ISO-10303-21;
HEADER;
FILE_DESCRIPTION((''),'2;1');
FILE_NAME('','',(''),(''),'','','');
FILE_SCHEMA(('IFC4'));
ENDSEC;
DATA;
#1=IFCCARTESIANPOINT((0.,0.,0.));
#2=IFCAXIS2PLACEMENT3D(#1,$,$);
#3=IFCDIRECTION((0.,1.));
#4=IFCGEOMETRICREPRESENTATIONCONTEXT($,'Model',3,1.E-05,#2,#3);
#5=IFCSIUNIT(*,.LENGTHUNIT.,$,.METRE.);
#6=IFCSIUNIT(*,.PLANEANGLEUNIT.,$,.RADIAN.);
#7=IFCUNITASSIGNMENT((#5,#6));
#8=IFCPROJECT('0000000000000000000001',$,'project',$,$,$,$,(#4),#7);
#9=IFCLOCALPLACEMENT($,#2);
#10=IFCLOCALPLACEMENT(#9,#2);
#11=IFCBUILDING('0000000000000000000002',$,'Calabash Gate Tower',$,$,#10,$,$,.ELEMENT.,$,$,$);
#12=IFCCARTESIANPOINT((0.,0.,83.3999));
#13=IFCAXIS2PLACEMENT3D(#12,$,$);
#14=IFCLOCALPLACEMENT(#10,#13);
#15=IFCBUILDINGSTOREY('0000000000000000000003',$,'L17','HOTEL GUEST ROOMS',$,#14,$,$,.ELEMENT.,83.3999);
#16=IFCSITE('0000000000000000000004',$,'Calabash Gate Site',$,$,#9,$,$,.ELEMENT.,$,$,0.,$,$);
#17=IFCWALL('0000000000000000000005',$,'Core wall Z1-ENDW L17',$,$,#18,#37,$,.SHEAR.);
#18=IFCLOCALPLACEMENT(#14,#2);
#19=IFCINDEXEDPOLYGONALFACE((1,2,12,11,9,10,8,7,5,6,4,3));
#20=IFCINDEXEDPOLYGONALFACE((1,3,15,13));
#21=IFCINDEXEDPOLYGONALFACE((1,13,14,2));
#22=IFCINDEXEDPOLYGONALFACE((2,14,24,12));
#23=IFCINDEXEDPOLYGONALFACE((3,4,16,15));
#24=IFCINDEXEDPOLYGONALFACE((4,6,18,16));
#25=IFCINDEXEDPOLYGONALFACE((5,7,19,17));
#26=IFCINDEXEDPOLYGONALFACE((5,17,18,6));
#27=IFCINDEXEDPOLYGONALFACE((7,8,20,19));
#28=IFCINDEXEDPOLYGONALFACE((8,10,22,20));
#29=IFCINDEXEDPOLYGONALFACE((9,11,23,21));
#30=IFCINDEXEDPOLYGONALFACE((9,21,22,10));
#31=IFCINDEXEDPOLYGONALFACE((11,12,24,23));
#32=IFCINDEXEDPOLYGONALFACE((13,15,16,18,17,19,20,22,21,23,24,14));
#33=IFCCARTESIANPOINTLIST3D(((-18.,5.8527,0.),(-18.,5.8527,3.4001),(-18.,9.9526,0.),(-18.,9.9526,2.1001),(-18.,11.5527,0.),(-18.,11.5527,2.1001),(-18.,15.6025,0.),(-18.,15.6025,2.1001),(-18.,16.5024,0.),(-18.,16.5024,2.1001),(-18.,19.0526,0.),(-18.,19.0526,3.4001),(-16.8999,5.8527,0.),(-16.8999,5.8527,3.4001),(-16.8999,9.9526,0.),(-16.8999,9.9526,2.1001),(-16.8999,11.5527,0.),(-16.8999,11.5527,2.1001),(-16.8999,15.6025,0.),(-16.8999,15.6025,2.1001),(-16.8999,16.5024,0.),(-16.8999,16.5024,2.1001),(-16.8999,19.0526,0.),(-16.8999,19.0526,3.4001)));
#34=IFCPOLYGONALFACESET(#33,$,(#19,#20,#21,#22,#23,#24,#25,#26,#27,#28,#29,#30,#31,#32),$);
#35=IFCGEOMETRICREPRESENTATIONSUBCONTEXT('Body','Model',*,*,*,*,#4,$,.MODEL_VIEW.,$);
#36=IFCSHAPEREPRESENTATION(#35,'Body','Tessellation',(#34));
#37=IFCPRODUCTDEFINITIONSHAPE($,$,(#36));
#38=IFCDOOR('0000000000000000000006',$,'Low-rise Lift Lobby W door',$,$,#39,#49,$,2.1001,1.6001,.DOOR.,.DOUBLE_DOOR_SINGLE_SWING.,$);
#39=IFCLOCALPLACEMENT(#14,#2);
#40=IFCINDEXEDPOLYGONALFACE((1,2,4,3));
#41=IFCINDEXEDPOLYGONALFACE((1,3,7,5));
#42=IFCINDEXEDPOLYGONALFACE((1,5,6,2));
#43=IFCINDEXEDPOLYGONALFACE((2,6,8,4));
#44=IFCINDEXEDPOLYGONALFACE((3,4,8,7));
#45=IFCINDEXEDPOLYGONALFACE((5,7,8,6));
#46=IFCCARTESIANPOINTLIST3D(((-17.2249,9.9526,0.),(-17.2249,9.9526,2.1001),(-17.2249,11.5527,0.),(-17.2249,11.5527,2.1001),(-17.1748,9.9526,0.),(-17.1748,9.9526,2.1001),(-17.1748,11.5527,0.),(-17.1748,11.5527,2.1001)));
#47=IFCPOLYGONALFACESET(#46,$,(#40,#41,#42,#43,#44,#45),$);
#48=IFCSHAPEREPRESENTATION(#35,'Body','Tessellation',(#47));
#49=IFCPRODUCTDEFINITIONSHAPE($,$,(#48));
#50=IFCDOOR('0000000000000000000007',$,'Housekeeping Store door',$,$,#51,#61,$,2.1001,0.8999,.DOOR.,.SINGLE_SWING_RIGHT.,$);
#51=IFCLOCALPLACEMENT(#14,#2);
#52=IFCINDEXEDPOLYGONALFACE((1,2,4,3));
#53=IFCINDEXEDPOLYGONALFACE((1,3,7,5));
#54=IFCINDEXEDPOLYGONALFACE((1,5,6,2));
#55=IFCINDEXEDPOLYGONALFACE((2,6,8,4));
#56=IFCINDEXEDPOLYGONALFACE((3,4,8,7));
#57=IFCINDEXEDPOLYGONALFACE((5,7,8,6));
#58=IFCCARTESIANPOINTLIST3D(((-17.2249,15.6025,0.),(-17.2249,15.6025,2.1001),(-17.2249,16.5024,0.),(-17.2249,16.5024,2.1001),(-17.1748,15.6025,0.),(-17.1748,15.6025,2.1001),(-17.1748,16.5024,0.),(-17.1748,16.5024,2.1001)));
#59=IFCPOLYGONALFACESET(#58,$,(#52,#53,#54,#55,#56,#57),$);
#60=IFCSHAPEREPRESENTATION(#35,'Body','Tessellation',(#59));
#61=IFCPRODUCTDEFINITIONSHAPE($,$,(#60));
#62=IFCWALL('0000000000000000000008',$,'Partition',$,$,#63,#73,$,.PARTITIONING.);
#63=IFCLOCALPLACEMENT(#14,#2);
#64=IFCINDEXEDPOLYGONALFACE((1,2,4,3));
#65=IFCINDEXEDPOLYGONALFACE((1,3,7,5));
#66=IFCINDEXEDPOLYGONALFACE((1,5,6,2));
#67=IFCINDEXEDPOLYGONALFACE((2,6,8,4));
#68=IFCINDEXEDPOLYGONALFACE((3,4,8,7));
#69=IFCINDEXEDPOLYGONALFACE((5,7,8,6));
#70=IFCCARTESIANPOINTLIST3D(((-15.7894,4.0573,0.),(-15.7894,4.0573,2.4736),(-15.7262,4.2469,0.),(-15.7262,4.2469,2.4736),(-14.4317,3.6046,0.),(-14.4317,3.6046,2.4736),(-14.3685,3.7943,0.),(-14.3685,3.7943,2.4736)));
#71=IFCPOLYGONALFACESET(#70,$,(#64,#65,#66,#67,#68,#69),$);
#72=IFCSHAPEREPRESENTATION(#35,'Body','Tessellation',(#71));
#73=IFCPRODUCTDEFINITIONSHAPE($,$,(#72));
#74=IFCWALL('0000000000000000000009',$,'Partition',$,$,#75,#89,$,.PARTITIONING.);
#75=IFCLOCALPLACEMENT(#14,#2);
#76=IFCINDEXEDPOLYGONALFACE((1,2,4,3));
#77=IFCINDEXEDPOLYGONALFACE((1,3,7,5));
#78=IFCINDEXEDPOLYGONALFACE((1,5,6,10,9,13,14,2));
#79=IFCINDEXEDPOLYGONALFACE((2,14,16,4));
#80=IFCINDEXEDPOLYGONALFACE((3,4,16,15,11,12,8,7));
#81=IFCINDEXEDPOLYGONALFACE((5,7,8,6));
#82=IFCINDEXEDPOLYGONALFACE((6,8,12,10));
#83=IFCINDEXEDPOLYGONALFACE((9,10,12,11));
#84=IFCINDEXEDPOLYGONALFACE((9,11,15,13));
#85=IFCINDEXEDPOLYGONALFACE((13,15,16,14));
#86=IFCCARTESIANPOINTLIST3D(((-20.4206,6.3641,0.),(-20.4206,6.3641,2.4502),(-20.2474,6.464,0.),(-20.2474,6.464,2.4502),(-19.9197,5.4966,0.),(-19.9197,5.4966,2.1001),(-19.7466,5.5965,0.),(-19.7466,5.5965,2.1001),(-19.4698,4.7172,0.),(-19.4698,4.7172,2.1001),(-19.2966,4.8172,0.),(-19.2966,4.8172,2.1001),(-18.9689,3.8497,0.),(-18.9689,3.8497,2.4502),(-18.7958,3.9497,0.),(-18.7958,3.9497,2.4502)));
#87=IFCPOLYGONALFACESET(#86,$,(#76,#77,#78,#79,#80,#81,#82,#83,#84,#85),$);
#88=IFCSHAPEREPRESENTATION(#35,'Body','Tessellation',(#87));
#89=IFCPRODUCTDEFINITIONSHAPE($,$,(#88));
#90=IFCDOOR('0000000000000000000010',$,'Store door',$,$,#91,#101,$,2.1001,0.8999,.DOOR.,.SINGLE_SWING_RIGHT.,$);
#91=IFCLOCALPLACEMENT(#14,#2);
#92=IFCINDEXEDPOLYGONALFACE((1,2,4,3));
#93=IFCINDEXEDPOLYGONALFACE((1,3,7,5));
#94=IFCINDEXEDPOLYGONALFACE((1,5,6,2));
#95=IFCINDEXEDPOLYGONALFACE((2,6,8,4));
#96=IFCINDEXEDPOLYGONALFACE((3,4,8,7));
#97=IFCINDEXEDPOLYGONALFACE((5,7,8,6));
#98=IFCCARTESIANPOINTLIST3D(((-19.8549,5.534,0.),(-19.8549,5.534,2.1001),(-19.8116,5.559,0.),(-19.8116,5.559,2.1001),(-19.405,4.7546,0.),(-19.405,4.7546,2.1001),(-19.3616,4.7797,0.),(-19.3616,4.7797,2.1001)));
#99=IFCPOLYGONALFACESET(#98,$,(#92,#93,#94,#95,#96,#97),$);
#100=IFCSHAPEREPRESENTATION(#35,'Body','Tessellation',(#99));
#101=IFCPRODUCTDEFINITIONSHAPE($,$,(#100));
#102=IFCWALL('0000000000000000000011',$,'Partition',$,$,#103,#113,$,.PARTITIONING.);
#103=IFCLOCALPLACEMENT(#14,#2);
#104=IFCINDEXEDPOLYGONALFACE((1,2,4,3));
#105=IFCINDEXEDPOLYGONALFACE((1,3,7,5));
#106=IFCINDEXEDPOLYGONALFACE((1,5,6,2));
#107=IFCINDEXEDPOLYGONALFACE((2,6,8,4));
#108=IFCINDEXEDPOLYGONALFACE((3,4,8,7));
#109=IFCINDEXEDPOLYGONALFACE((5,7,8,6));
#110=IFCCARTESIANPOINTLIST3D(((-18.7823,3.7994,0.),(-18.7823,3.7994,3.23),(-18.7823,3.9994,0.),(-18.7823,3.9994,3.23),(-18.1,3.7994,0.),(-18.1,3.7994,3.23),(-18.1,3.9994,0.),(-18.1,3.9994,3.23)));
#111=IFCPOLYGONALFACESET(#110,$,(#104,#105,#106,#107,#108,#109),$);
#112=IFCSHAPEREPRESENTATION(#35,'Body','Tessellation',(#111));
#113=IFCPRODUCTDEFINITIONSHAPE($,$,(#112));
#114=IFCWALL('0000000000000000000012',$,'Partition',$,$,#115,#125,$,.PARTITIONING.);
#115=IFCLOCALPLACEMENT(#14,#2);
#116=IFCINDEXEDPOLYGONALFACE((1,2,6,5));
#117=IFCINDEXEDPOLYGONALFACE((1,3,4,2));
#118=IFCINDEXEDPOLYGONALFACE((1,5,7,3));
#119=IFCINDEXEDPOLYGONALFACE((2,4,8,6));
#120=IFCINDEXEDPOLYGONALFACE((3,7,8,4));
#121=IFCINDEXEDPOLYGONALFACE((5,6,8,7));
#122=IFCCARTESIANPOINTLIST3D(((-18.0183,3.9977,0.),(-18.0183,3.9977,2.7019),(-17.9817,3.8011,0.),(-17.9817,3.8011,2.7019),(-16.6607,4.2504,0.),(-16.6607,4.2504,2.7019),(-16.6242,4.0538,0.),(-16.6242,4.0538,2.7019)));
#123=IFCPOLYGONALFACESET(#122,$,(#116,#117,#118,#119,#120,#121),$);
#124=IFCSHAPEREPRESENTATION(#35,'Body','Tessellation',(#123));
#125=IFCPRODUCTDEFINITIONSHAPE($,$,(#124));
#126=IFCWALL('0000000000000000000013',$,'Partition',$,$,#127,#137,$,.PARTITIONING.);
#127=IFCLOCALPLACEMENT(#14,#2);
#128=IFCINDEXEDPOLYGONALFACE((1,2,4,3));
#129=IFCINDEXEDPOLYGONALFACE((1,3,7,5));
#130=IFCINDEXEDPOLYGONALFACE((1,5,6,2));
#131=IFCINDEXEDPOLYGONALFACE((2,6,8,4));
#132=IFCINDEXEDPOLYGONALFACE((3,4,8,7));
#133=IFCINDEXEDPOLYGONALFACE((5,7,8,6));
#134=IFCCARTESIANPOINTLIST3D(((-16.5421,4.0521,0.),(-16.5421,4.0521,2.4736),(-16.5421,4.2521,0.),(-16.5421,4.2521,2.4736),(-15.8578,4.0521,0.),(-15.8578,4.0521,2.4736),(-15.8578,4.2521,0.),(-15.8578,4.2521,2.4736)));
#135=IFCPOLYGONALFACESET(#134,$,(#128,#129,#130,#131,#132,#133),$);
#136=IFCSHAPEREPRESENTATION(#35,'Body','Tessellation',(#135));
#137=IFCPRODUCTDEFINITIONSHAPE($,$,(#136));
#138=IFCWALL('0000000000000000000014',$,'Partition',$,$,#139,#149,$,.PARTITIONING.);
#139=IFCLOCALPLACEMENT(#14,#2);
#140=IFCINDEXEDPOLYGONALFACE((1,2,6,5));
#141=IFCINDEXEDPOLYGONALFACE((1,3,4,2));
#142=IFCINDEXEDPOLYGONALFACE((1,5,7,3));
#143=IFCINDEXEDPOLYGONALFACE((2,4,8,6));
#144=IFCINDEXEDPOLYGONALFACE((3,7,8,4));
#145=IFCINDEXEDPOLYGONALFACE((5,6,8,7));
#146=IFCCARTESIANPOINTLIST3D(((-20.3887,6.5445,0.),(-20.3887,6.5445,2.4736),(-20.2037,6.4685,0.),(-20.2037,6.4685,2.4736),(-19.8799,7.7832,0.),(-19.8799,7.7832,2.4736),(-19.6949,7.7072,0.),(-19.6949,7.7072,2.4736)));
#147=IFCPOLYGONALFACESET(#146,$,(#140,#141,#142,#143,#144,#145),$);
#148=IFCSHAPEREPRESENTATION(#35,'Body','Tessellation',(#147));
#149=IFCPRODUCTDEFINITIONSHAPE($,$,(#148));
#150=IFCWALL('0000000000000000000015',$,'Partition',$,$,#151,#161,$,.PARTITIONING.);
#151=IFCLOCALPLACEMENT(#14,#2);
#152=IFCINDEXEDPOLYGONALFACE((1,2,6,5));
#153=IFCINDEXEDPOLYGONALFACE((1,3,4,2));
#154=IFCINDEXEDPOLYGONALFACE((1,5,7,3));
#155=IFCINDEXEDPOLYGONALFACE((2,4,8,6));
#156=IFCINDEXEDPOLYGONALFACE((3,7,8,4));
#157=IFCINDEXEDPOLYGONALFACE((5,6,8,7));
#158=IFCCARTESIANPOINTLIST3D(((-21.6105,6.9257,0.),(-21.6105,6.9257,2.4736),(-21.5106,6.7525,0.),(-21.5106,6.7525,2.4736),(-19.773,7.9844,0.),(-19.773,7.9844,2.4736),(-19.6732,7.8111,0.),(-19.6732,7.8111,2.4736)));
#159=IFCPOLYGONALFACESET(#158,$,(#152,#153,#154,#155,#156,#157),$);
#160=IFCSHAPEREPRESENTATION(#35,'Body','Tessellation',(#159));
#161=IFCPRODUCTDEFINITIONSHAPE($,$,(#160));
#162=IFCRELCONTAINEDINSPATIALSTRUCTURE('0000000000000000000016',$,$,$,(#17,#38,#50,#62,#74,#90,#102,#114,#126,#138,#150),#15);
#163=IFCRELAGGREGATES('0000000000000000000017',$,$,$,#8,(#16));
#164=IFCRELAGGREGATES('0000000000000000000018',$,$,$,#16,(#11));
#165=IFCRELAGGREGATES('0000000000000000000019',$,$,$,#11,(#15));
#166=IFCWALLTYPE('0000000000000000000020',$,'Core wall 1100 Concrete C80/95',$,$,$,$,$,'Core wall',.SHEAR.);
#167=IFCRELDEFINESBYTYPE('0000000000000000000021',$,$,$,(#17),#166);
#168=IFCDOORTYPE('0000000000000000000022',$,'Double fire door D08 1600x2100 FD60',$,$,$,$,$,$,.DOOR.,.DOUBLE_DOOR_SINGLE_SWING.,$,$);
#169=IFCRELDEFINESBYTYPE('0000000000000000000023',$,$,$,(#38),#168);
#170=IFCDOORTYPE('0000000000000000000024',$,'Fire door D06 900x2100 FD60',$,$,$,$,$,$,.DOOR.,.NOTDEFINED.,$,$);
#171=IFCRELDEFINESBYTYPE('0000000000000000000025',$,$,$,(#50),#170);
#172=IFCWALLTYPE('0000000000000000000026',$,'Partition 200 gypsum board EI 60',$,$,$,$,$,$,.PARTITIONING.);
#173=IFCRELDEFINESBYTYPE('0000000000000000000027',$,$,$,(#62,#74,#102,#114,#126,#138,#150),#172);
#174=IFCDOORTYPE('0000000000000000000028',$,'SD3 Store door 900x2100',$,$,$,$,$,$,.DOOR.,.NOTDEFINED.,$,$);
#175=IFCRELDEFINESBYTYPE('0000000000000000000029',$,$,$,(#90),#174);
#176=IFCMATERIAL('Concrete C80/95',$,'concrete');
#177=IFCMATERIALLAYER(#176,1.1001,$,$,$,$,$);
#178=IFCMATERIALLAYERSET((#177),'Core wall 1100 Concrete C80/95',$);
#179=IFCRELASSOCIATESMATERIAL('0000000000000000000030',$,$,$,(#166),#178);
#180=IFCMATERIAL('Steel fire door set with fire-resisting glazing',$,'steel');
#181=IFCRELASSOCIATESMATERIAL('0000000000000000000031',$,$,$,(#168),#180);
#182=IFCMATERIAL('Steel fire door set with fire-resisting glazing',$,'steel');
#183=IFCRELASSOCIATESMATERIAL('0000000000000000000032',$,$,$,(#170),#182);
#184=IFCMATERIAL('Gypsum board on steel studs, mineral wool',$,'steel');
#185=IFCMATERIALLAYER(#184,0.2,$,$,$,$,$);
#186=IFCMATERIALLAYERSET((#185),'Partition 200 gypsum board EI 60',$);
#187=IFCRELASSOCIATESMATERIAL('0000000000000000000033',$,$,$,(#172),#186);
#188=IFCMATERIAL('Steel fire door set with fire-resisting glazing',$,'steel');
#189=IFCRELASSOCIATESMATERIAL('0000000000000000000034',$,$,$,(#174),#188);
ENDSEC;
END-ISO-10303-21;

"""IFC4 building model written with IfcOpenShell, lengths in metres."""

from ifc_helpers import new_model, si_unit, direction, frame, frame_2d, origin, place, context, subcontext, project, spatial, rectangle, extrude, material, layer, layer_set, type_object, element, fill, save


model = new_model("IFC4")

# Units and contexts
model_context = context("Model", 3, precision=1e-05, world=origin(), true_north=direction((0.0, 1.0)))
body_context = subcontext(model_context, "Body", "Model", "MODEL_VIEW")
ifc_project = project(units=[si_unit("LENGTHUNIT", "METRE"), si_unit("PLANEANGLEUNIT", "RADIAN")], contexts=[model_context])

# Site, building, storey
site_placement = place(None, origin())
site = spatial("IfcSite", under=ifc_project, at=site_placement, Name="Calabash Gate Site", CompositionType="ELEMENT", RefElevation=0.0)
building_placement = place(site_placement, origin())
building = spatial("IfcBuilding", under=site, at=building_placement, Name="Calabash Gate Tower", CompositionType="ELEMENT")
storey_placement = place(building_placement, frame((0.0, 0.0, 83.3999)))
storey = spatial("IfcBuildingStorey", under=building, at=storey_placement, Name="L17", Description="HOTEL GUEST ROOMS", CompositionType="ELEMENT", Elevation=83.3999)

# Wall, openings, doors
ifc_material_1 = material(Name="Concrete C80/95", Category="concrete")
ifc_layer_1 = layer(ifc_material_1, 1.1001)
ifc_layer_set_1 = layer_set([ifc_layer_1], Name="Core wall 1100 Concrete C80/95")
wall_type_1 = type_object("IfcWallType", Name="Core wall 1100 Concrete C80/95", ElementType="Core wall", PredefinedType="SHEAR", material=ifc_layer_set_1)
wall_1_placement = place(storey_placement, frame((-17.45, 5.8525, 0.0), z_axis=(0.0, 0.0, 1.0), x_axis=(0.0, 1.0, 0.0)))
wall_1 = element("IfcWall", 1, at=wall_1_placement, inside=storey, type_object=wall_type_1, Name="Core wall Z1-ENDW L17", PredefinedType="SHEAR", context=body_context, shape_type="SweptSolid", body=[
    extrude(rectangle(XDim=13.2, YDim=1.1001, at=frame_2d((6.6001, 0.0))), origin(), (0.0, 0.0, 1.0), 3.4001),
])
opening_1_placement = place(wall_1_placement, frame((4.1001, 0.0, 0.0)))
opening_1 = element("IfcOpeningElement", 2, at=opening_1_placement, cuts=wall_1, PredefinedType="OPENING", context=body_context, shape_type="SweptSolid", body=[
    extrude(rectangle(XDim=1.6001, YDim=2.1001, at=frame_2d((0.8, 1.05))), frame((0.0, 0.5601, 0.0), z_axis=(0.0, -1.0, 0.0), x_axis=(1.0, 0.0, 0.0)), (0.0, 0.0, 1.0), 1.1201),
])
opening_2_placement = place(wall_1_placement, frame((9.75, 0.0, 0.0)))
opening_2 = element("IfcOpeningElement", 3, at=opening_2_placement, cuts=wall_1, PredefinedType="OPENING", context=body_context, shape_type="SweptSolid", body=[
    extrude(rectangle(XDim=0.8999, YDim=2.1001, at=frame_2d((0.45, 1.05))), frame((0.0, 0.5601, 0.0), z_axis=(0.0, -1.0, 0.0), x_axis=(1.0, 0.0, 0.0)), (0.0, 0.0, 1.0), 1.1201),
])
ifc_material_2 = material(Name="Steel fire door set with fire-resisting glazing", Category="steel")
door_type_1 = type_object("IfcDoorType", Name="Double fire door D08 1600x2100 FD60", OperationType="DOUBLE_DOOR_SINGLE_SWING", PredefinedType="DOOR", material=ifc_material_2)
door_1_placement = place(opening_1_placement, origin())
door_1 = element("IfcDoor", 4, at=door_1_placement, inside=storey, type_object=door_type_1, Name="Low-rise Lift Lobby W door", OperationType="DOUBLE_DOOR_SINGLE_SWING", OverallHeight=2.1001, OverallWidth=1.6001, PredefinedType="DOOR", context=body_context, shape_type="SweptSolid", body=[
    extrude(rectangle(XDim=1.6001, YDim=2.1001, at=frame_2d((0.8, 1.05))), frame((0.0, -0.2251, 0.0), z_axis=(0.0, -1.0, 0.0), x_axis=(1.0, 0.0, 0.0)), (0.0, 0.0, 1.0), 0.05),
])
fill(opening_1, door_1)
ifc_material_3 = material(Name="Steel fire door set with fire-resisting glazing", Category="steel")
door_type_2 = type_object("IfcDoorType", Name="Fire door D06 900x2100 FD60", OperationType="NOTDEFINED", PredefinedType="DOOR", material=ifc_material_3)
door_2_placement = place(opening_2_placement, origin())
door_2 = element("IfcDoor", 5, at=door_2_placement, inside=storey, type_object=door_type_2, Name="Housekeeping Store door", OperationType="SINGLE_SWING_RIGHT", OverallHeight=2.1001, OverallWidth=0.8999, PredefinedType="DOOR", context=body_context, shape_type="SweptSolid", body=[
    extrude(rectangle(XDim=0.8999, YDim=2.1001, at=frame_2d((0.45, 1.05))), frame((0.0, -0.2251, 0.0), z_axis=(0.0, -1.0, 0.0), x_axis=(1.0, 0.0, 0.0)), (0.0, 0.0, 1.0), 0.05),
])
fill(opening_2, door_2)

# Wall
ifc_material_4 = material(Name="Gypsum board on steel studs, mineral wool", Category="steel")
ifc_layer_2 = layer(ifc_material_4, 0.2)
ifc_layer_set_2 = layer_set([ifc_layer_2], Name="Partition 200 gypsum board EI 60")
wall_type_2 = type_object("IfcWallType", Name="Partition 200 gypsum board EI 60", PredefinedType="PARTITIONING", material=ifc_layer_set_2)
wall_2_placement = place(storey_placement, frame((-15.7578, 4.1521, 0.0), z_axis=(0.0, 0.0, 1.0), x_axis=(0.948666, -0.316279, 0.0)))
element("IfcWall", 6, at=wall_2_placement, inside=storey, type_object=wall_type_2, Name="Partition", PredefinedType="PARTITIONING", context=body_context, shape_type="SweptSolid", body=[
    extrude(rectangle(XDim=1.4312, YDim=0.2, at=frame_2d((0.7156, 0.0))), origin(), (0.0, 0.0, 1.0), 2.4736),
])

# Wall, opening, door
wall_3_placement = place(storey_placement, frame((-20.334, 6.4141, 0.0), z_axis=(0.0, 0.0, 1.0), x_axis=(0.499992, -0.86603, 0.0)))
wall_3 = element("IfcWall", 7, at=wall_3_placement, inside=storey, type_object=wall_type_2, Name="Partition", PredefinedType="PARTITIONING", context=body_context, shape_type="SweptSolid", body=[
    extrude(rectangle(XDim=2.9033, YDim=0.2, at=frame_2d((1.4517, 0.0))), origin(), (0.0, 0.0, 1.0), 2.4502),
])
opening_3_placement = place(wall_3_placement, frame((1.0017, 0.0, 0.0)))
opening_3 = element("IfcOpeningElement", 8, at=opening_3_placement, cuts=wall_3, PredefinedType="OPENING", context=body_context, shape_type="SweptSolid", body=[
    extrude(rectangle(XDim=0.8999, YDim=2.1001, at=frame_2d((0.45, 1.05))), frame((0.0, 0.1099, 0.0), z_axis=(0.0, -1.0, 0.0), x_axis=(1.0, 0.0, 0.0)), (0.0, 0.0, 1.0), 0.22),
])
ifc_material_5 = material(Name="Steel fire door set with fire-resisting glazing", Category="steel")
door_type_3 = type_object("IfcDoorType", Name="SD3 Store door 900x2100", OperationType="NOTDEFINED", PredefinedType="DOOR", material=ifc_material_5)
door_3_placement = place(opening_3_placement, origin())
door_3 = element("IfcDoor", 9, at=door_3_placement, inside=storey, type_object=door_type_3, Name="Store door", OperationType="SINGLE_SWING_RIGHT", OverallHeight=2.1001, OverallWidth=0.8999, PredefinedType="DOOR", context=body_context, shape_type="SweptSolid", body=[
    extrude(rectangle(XDim=0.8999, YDim=2.1001, at=frame_2d((0.45, 1.05))), frame((0.0, 0.0249, 0.0), z_axis=(0.0, -1.0, 0.0), x_axis=(1.0, 0.0, 0.0)), (0.0, 0.0, 1.0), 0.05),
])
fill(opening_3, door_3)

# Walls
wall_4_placement = place(storey_placement, frame((-18.7825, 3.8994, 0.0), z_axis=(0.0, 0.0, 1.0), x_axis=(1.0, 0.0, 0.0)))
element("IfcWall", 10, at=wall_4_placement, inside=storey, type_object=wall_type_2, Name="Partition", PredefinedType="PARTITIONING", context=body_context, shape_type="SweptSolid", body=[
    extrude(rectangle(XDim=0.6824, YDim=0.2, at=frame_2d((0.3413, 0.0))), origin(), (0.0, 0.0, 1.0), 3.23),
])
wall_5_placement = place(storey_placement, frame((-18.0, 3.8994, 0.0), z_axis=(0.0, 0.0, 1.0), x_axis=(0.983117, 0.182975, 0.0)))
element("IfcWall", 11, at=wall_5_placement, inside=storey, type_object=wall_type_2, Name="Partition", PredefinedType="PARTITIONING", context=body_context, shape_type="SweptSolid", body=[
    extrude(rectangle(XDim=1.3809, YDim=0.2, at=frame_2d((0.6904, 0.0))), origin(), (0.0, 0.0, 1.0), 2.7019),
])
wall_6_placement = place(storey_placement, frame((-16.5422, 4.1521, 0.0), z_axis=(0.0, 0.0, 1.0), x_axis=(1.0, 0.0, 0.0)))
element("IfcWall", 12, at=wall_6_placement, inside=storey, type_object=wall_type_2, Name="Partition", PredefinedType="PARTITIONING", context=body_context, shape_type="SweptSolid", body=[
    extrude(rectangle(XDim=0.6843, YDim=0.2, at=frame_2d((0.3423, 0.0))), origin(), (0.0, 0.0, 1.0), 2.4736),
])
wall_7_placement = place(storey_placement, frame((-20.2961, 6.5066, 0.0), z_axis=(0.0, 0.0, 1.0), x_axis=(0.379924, 0.925018, 0.0)))
element("IfcWall", 13, at=wall_7_placement, inside=storey, type_object=wall_type_2, Name="Partition", PredefinedType="PARTITIONING", context=body_context, shape_type="SweptSolid", body=[
    extrude(rectangle(XDim=1.3391, YDim=0.2, at=frame_2d((0.6694, 0.0))), origin(), (0.0, 0.0, 1.0), 2.4736),
])
wall_8_placement = place(storey_placement, frame((-21.5605, 6.8391, 0.0), z_axis=(0.0, 0.0, 1.0), x_axis=(0.866481, 0.499211, 0.0)))
element("IfcWall", 14, at=wall_8_placement, inside=storey, type_object=wall_type_2, Name="Partition", PredefinedType="PARTITIONING", context=body_context, shape_type="SweptSolid", body=[
    extrude(rectangle(XDim=2.1206, YDim=0.2, at=frame_2d((1.0603, 0.0))), origin(), (0.0, 0.0, 1.0), 2.4736),
])

save(model, "model.ifc")
